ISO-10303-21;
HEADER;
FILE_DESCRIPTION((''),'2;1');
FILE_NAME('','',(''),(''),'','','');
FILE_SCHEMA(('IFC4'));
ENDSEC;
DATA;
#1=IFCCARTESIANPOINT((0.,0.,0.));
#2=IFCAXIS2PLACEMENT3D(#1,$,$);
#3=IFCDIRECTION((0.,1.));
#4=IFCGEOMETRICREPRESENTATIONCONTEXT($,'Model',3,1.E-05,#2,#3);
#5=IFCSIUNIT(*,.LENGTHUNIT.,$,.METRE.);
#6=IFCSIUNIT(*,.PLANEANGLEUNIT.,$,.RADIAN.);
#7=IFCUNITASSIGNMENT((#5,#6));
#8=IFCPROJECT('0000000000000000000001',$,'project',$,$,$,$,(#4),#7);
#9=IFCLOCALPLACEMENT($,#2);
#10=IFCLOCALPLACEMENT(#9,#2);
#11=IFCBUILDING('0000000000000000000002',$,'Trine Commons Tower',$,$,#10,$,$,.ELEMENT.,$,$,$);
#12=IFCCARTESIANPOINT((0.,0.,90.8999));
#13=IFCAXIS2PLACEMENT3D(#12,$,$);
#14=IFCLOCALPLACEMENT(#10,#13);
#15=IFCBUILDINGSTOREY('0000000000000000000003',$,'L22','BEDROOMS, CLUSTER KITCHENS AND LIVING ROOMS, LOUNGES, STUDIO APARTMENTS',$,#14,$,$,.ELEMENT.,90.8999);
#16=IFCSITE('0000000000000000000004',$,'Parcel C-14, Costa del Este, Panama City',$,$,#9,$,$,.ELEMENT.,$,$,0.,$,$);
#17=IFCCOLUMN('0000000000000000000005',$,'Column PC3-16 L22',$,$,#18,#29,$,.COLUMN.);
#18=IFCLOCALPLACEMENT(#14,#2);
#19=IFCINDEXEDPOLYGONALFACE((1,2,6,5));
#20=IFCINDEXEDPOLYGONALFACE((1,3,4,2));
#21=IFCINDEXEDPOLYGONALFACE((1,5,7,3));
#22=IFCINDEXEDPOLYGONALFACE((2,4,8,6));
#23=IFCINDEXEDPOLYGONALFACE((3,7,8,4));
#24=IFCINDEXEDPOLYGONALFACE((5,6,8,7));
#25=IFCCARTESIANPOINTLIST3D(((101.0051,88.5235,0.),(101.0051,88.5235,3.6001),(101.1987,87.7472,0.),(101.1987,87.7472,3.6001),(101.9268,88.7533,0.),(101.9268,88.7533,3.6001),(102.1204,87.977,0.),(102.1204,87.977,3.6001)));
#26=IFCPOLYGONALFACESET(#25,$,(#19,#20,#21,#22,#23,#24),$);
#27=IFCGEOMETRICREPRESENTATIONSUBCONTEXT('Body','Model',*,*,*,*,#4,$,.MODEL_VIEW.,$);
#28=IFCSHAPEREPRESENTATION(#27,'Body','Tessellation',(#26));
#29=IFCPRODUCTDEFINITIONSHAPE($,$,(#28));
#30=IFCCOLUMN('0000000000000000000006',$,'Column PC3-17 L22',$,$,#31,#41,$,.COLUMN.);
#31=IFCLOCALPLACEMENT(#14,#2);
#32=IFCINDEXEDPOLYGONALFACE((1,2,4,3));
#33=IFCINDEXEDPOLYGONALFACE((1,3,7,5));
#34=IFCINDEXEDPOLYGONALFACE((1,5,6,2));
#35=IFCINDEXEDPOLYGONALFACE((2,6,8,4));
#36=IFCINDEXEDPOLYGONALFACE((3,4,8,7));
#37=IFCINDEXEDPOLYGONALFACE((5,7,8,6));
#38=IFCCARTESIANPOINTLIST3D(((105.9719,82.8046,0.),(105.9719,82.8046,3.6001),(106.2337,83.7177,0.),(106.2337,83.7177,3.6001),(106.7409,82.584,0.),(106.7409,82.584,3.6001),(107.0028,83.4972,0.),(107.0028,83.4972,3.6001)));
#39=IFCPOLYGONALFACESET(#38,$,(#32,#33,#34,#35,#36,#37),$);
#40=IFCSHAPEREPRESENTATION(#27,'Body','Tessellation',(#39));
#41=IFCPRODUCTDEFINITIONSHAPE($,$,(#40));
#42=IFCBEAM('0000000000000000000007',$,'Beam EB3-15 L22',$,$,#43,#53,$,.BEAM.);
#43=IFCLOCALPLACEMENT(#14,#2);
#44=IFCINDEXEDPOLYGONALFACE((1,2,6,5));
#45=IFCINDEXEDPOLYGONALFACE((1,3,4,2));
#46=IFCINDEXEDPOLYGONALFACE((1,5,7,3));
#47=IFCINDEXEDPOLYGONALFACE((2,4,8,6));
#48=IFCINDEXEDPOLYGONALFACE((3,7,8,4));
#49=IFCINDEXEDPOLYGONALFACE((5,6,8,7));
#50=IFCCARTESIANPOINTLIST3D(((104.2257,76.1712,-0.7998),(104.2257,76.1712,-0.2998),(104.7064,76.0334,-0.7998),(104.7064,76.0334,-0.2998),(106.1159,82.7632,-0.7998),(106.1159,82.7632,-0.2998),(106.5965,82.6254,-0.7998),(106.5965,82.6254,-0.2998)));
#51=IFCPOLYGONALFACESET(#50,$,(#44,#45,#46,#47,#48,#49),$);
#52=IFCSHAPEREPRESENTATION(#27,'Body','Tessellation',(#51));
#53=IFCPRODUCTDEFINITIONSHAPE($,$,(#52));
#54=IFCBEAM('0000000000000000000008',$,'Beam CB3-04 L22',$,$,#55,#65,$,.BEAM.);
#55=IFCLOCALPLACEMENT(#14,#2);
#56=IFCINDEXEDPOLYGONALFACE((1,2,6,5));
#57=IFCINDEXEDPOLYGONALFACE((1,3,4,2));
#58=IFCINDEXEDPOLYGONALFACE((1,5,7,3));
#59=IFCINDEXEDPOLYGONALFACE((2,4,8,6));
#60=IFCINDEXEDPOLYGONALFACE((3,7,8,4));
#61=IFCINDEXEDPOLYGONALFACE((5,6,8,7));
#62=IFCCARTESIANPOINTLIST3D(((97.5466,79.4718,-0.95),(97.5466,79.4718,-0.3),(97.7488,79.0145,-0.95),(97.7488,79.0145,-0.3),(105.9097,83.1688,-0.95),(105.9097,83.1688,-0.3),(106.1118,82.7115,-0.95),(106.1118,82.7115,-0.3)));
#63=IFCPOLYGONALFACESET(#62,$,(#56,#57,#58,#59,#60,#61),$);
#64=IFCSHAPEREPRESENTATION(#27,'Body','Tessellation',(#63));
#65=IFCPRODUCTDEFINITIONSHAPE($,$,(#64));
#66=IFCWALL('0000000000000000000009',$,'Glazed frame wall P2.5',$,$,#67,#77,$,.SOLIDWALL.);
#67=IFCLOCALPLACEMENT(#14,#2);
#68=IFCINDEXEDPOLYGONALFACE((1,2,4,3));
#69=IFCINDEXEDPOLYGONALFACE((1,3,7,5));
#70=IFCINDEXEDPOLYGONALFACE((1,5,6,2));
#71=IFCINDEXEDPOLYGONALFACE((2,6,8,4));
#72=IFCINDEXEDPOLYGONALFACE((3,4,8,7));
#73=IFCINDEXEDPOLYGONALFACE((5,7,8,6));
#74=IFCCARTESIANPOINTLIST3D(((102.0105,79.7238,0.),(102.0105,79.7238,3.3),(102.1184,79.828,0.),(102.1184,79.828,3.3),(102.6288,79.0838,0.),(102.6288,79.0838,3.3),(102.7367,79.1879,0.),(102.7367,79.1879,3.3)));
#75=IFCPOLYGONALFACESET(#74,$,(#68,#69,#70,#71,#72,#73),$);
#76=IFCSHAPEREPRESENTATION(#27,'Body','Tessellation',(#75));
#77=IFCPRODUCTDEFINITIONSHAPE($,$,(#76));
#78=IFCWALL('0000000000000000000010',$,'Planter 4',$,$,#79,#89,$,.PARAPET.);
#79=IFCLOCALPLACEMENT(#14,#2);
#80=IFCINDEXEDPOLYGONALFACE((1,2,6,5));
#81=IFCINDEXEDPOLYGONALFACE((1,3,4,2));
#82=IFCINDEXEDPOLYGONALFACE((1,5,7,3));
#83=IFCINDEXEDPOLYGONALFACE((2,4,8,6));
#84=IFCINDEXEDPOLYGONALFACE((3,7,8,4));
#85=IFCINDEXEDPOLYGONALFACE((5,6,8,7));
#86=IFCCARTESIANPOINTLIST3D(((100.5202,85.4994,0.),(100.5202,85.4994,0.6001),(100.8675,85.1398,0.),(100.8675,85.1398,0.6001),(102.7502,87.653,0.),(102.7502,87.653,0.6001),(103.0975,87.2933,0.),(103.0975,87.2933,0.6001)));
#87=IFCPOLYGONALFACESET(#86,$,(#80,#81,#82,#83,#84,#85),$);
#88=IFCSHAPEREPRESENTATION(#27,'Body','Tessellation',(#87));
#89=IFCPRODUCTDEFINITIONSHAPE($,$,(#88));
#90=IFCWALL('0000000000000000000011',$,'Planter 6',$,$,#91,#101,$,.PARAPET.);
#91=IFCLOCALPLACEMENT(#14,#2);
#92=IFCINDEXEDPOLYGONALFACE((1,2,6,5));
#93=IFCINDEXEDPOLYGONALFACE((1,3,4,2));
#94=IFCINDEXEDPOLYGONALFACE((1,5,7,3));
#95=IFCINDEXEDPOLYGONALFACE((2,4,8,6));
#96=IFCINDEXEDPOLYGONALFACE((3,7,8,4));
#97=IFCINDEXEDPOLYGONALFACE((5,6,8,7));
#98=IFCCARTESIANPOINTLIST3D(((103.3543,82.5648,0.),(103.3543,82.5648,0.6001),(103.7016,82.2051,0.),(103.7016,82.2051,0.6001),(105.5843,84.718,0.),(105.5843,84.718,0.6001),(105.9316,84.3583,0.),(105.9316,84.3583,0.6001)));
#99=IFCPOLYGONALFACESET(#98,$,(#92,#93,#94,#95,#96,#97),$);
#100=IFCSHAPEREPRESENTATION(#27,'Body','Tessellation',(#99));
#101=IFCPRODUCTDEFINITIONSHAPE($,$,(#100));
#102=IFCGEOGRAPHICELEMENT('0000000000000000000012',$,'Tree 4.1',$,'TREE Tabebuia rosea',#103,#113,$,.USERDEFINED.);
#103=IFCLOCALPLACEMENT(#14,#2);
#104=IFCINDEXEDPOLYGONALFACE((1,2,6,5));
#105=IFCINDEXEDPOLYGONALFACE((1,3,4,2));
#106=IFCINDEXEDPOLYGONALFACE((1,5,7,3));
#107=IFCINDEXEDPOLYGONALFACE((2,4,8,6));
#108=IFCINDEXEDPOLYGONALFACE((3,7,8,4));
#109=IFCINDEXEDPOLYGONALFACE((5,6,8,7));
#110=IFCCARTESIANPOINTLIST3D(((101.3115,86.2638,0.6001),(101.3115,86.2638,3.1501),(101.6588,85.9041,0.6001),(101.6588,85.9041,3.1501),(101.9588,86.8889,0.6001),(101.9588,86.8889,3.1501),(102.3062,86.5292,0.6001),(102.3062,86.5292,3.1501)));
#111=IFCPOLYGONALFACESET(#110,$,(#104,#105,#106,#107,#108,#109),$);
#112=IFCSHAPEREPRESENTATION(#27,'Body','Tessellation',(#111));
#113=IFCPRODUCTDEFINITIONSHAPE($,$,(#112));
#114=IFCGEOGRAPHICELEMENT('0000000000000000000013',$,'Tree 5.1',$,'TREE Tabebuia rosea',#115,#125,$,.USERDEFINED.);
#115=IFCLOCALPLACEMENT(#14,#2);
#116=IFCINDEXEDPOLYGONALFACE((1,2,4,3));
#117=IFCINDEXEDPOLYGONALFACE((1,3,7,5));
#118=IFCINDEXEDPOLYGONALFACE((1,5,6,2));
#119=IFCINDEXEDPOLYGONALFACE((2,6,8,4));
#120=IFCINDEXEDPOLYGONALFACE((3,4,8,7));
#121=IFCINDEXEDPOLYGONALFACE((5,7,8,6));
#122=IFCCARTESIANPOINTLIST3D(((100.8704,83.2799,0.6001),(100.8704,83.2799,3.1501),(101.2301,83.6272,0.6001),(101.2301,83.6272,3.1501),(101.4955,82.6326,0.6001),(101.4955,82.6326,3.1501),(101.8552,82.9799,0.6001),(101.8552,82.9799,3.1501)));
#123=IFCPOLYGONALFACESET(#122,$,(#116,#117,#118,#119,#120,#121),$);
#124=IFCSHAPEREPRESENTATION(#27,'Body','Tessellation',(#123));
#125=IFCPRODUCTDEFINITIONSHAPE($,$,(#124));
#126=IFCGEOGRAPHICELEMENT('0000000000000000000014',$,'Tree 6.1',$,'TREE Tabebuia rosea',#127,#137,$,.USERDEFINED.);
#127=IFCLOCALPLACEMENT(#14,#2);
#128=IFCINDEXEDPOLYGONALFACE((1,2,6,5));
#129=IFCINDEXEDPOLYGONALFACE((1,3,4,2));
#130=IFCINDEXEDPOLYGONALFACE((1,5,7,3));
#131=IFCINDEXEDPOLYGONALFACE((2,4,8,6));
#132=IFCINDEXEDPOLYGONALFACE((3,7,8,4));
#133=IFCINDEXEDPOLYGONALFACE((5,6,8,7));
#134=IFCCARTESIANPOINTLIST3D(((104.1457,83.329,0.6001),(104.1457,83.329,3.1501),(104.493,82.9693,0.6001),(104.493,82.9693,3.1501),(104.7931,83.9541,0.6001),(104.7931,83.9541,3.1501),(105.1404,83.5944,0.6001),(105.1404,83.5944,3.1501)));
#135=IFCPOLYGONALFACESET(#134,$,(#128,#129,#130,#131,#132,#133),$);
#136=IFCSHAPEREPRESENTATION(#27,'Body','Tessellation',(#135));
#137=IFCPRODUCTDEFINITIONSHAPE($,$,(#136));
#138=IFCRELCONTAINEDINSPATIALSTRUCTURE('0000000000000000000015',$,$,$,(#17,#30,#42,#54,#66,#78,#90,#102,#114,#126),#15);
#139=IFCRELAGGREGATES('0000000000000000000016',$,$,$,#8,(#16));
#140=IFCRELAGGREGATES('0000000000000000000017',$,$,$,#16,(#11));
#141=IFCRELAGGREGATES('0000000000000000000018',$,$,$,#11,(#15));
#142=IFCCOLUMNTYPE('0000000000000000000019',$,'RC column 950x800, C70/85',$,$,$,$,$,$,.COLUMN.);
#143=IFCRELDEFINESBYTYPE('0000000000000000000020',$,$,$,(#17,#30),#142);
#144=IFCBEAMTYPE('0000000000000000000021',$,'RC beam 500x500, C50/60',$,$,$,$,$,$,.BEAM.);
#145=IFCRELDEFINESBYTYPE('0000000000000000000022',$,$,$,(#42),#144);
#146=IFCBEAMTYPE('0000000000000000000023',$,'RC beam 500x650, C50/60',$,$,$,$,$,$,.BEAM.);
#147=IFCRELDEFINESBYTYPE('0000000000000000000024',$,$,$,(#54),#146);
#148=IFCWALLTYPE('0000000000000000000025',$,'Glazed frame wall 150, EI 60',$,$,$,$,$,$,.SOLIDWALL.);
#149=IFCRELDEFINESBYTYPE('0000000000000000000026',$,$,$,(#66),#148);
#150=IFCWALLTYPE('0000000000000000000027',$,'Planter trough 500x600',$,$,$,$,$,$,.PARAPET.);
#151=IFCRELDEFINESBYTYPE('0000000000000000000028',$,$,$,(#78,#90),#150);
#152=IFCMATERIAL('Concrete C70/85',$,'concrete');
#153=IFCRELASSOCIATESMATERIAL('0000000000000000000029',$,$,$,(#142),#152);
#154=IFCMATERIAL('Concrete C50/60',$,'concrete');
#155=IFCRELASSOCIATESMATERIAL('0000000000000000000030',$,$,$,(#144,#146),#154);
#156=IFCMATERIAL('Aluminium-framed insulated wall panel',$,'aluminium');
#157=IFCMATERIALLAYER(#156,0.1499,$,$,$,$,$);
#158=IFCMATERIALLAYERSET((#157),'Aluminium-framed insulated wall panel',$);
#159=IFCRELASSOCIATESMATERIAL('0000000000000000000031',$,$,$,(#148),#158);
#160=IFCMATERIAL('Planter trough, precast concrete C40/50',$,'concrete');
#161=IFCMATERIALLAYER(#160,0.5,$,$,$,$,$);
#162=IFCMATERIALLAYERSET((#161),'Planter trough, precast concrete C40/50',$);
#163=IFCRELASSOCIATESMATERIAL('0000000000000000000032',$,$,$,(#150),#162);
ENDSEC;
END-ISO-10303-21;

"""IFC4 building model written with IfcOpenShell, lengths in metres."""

from ifc_helpers import new_model, si_unit, direction, frame, frame_2d, origin, origin_2d, place, context, subcontext, project, spatial, polyline, rectangle, outline, extrude, material, layer, layer_set, material_profile, profile_set, type_object, element, save


model = new_model("IFC4")

# Units and contexts
model_context = context("Model", 3, precision=1e-05, world=origin(), true_north=direction((0.0, 1.0)))
body_context = subcontext(model_context, "Body", "Model", "MODEL_VIEW")
ifc_project = project(units=[si_unit("LENGTHUNIT", "METRE"), si_unit("PLANEANGLEUNIT", "RADIAN")], contexts=[model_context])

# Site, building, storey
site_placement = place(None, origin())
site = spatial("IfcSite", under=ifc_project, at=site_placement, Name="Parcel C-14, Costa del Este, Panama City", CompositionType="ELEMENT", RefElevation=0.0)
building_placement = place(site_placement, origin())
building = spatial("IfcBuilding", under=site, at=building_placement, Name="Trine Commons Tower", CompositionType="ELEMENT")
storey_placement = place(building_placement, frame((0.0, 0.0, 90.8999)))
storey = spatial("IfcBuildingStorey", under=building, at=storey_placement, Name="L22", Description="BEDROOMS, CLUSTER KITCHENS AND LIVING ROOMS, LOUNGES, STUDIO APARTMENTS", CompositionType="ELEMENT", Elevation=90.8999)

# Columns
ifc_material_1 = material(Name="Concrete C70/85", Category="concrete")
ifc_material_profile_1 = material_profile(ifc_material_1, rectangle(XDim=0.95, YDim=0.8, at=origin_2d()), Name="RC 950x800")
ifc_profile_set_1 = profile_set([ifc_material_profile_1], Name="Concrete C70/85")
column_type = type_object("IfcColumnType", Name="RC column 950x800, C70/85", PredefinedType="COLUMN", material=ifc_profile_set_1)
for number, where, z_axis, x_axis, name in (
    (1, (101.5627, 88.2502, 0.0), (0.0, 0.0, 1.0), (0.970296, 0.241922, 0.0), "Column PC3-16 L22"),
    (2, (106.4873, 83.1509, 0.0), (0.0, 0.0, 1.0), (0.275637, 0.961262, 0.0), "Column PC3-17 L22"),
):
    element("IfcColumn", number, at=place(storey_placement, frame(where, z_axis=z_axis, x_axis=x_axis)), inside=storey, type_object=column_type, Name=name, PredefinedType="COLUMN", context=body_context, shape_type="SweptSolid", body=[
        extrude(rectangle(XDim=0.95, YDim=0.8, at=origin_2d()), origin(), (0.0, 0.0, 1.0), 3.6001),
    ])

# Beams
ifc_material_2 = material(Name="Concrete C50/60", Category="concrete")
ifc_material_profile_2 = material_profile(ifc_material_2, rectangle(XDim=0.5, YDim=0.5, at=origin_2d()), Name="RC 500x500")
ifc_profile_set_2 = profile_set([ifc_material_profile_2], Name="Concrete C50/60")
beam_type_1 = type_object("IfcBeamType", Name="RC beam 500x500, C50/60", PredefinedType="BEAM", material=ifc_profile_set_2)
beam_1_placement = place(storey_placement, frame((106.3562, 82.6943, -0.5498), z_axis=(-0.275624, -0.961266, 0.0), x_axis=(0.961266, -0.275624, 0.0)))
element("IfcBeam", 3, at=beam_1_placement, inside=storey, type_object=beam_type_1, Name="Beam EB3-15 L22", PredefinedType="BEAM", context=body_context, shape_type="SweptSolid", body=[
    extrude(rectangle(XDim=0.5, YDim=0.5, at=origin_2d()), origin(), (0.0, 0.0, 1.0), 6.8577),
])
ifc_material_profile_3 = material_profile(ifc_material_2, rectangle(XDim=0.5, YDim=0.6499, at=origin_2d()), Name="RC 500x650")
ifc_profile_set_3 = profile_set([ifc_material_profile_3], Name="Concrete C50/60")
beam_type_2 = type_object("IfcBeamType", Name="RC beam 500x650, C50/60", PredefinedType="BEAM", material=ifc_profile_set_3)
beam_2_placement = place(storey_placement, frame((106.0107, 82.9402, -0.625), z_axis=(-0.914617, -0.404322, 0.0), x_axis=(0.404322, -0.914617, 0.0)))
element("IfcBeam", 4, at=beam_2_placement, inside=storey, type_object=beam_type_2, Name="Beam CB3-04 L22", PredefinedType="BEAM", context=body_context, shape_type="SweptSolid", body=[
    extrude(rectangle(XDim=0.5, YDim=0.6499, at=origin_2d()), origin(), (0.0, 0.0, 1.0), 9.1438),
])

# Wall
ifc_material_3 = material(Name="Aluminium-framed insulated wall panel", Category="aluminium")
ifc_layer_1 = layer(ifc_material_3, 0.1499)
ifc_layer_set_1 = layer_set([ifc_layer_1], Name="Aluminium-framed insulated wall panel")
wall_type_1 = type_object("IfcWallType", Name="Glazed frame wall 150, EI 60", PredefinedType="SOLIDWALL", material=ifc_layer_set_1)
wall_1_placement = place(storey_placement, frame((102.0645, 79.7759, 0.0), z_axis=(0.0, 0.0, 1.0), x_axis=(0.694795, -0.719208, 0.0)))
element("IfcWall", 5, at=wall_1_placement, inside=storey, type_object=wall_type_1, Name="Glazed frame wall P2.5", PredefinedType="SOLIDWALL", context=body_context, shape_type="SweptSolid", body=[
    extrude(outline(polyline([(0.8899, 0.075), (0.0, 0.075), (0.0, -0.075), (0.8899, -0.075), (0.8899, 0.075)])), origin(), (0.0, 0.0, 1.0), 3.3),
])

# Walls
ifc_material_4 = material(Name="Planter trough, precast concrete C40/50", Category="concrete")
ifc_layer_2 = layer(ifc_material_4, 0.5)
ifc_layer_set_2 = layer_set([ifc_layer_2], Name="Planter trough, precast concrete C40/50")
wall_type_2 = type_object("IfcWallType", Name="Planter trough 500x600", PredefinedType="PARAPET", material=ifc_layer_set_2)
wall_2_placement = place(storey_placement, frame((102.9238, 87.4731, 0.0), z_axis=(0.0, 0.0, 1.0), x_axis=(-0.719324, -0.694675, 0.0)))
element("IfcWall", 6, at=wall_2_placement, inside=storey, type_object=wall_type_2, Name="Planter 4", PredefinedType="PARAPET", context=body_context, shape_type="SweptSolid", body=[
    extrude(rectangle(XDim=3.1001, YDim=0.5, at=frame_2d((1.55, 0.0))), origin(), (0.0, 0.0, 1.0), 0.6001),
])
wall_3_placement = place(storey_placement, frame((103.5281, 82.385, 0.0), z_axis=(0.0, 0.0, 1.0), x_axis=(0.719363, 0.694634, 0.0)))
element("IfcWall", 7, at=wall_3_placement, inside=storey, type_object=wall_type_2, Name="Planter 6", PredefinedType="PARAPET", context=body_context, shape_type="SweptSolid", body=[
    extrude(rectangle(XDim=3.0999, YDim=0.5, at=frame_2d((1.5498, 0.0))), origin(), (0.0, 0.0, 1.0), 0.6001),
])

# Geographic elements
for number, where, z_axis, x_axis, name in (
    (8, (101.8088, 86.3965, 0.6001), (0.0, 0.0, 1.0), (-0.719333, -0.694666, 0.0), "Tree 4.1"),
    (9, (101.3628, 83.1299, 0.6001), (0.0, 0.0, 1.0), (0.694658, -0.71934, 0.0), "Tree 5.1"),
    (10, (104.6431, 83.4617, 0.6001), (0.0, 0.0, 1.0), (0.719363, 0.694635, 0.0), "Tree 6.1"),
):
    element("IfcGeographicElement", number, at=place(storey_placement, frame(where, z_axis=z_axis, x_axis=x_axis)), inside=storey, Name=name, ObjectType="TREE Tabebuia rosea", PredefinedType="USERDEFINED", context=body_context, shape_type="SweptSolid", body=[
        extrude(rectangle(XDim=0.8999, YDim=0.5, at=origin_2d()), origin(), (0.0, 0.0, 1.0), 2.55),
    ])

save(model, "model.ifc")
